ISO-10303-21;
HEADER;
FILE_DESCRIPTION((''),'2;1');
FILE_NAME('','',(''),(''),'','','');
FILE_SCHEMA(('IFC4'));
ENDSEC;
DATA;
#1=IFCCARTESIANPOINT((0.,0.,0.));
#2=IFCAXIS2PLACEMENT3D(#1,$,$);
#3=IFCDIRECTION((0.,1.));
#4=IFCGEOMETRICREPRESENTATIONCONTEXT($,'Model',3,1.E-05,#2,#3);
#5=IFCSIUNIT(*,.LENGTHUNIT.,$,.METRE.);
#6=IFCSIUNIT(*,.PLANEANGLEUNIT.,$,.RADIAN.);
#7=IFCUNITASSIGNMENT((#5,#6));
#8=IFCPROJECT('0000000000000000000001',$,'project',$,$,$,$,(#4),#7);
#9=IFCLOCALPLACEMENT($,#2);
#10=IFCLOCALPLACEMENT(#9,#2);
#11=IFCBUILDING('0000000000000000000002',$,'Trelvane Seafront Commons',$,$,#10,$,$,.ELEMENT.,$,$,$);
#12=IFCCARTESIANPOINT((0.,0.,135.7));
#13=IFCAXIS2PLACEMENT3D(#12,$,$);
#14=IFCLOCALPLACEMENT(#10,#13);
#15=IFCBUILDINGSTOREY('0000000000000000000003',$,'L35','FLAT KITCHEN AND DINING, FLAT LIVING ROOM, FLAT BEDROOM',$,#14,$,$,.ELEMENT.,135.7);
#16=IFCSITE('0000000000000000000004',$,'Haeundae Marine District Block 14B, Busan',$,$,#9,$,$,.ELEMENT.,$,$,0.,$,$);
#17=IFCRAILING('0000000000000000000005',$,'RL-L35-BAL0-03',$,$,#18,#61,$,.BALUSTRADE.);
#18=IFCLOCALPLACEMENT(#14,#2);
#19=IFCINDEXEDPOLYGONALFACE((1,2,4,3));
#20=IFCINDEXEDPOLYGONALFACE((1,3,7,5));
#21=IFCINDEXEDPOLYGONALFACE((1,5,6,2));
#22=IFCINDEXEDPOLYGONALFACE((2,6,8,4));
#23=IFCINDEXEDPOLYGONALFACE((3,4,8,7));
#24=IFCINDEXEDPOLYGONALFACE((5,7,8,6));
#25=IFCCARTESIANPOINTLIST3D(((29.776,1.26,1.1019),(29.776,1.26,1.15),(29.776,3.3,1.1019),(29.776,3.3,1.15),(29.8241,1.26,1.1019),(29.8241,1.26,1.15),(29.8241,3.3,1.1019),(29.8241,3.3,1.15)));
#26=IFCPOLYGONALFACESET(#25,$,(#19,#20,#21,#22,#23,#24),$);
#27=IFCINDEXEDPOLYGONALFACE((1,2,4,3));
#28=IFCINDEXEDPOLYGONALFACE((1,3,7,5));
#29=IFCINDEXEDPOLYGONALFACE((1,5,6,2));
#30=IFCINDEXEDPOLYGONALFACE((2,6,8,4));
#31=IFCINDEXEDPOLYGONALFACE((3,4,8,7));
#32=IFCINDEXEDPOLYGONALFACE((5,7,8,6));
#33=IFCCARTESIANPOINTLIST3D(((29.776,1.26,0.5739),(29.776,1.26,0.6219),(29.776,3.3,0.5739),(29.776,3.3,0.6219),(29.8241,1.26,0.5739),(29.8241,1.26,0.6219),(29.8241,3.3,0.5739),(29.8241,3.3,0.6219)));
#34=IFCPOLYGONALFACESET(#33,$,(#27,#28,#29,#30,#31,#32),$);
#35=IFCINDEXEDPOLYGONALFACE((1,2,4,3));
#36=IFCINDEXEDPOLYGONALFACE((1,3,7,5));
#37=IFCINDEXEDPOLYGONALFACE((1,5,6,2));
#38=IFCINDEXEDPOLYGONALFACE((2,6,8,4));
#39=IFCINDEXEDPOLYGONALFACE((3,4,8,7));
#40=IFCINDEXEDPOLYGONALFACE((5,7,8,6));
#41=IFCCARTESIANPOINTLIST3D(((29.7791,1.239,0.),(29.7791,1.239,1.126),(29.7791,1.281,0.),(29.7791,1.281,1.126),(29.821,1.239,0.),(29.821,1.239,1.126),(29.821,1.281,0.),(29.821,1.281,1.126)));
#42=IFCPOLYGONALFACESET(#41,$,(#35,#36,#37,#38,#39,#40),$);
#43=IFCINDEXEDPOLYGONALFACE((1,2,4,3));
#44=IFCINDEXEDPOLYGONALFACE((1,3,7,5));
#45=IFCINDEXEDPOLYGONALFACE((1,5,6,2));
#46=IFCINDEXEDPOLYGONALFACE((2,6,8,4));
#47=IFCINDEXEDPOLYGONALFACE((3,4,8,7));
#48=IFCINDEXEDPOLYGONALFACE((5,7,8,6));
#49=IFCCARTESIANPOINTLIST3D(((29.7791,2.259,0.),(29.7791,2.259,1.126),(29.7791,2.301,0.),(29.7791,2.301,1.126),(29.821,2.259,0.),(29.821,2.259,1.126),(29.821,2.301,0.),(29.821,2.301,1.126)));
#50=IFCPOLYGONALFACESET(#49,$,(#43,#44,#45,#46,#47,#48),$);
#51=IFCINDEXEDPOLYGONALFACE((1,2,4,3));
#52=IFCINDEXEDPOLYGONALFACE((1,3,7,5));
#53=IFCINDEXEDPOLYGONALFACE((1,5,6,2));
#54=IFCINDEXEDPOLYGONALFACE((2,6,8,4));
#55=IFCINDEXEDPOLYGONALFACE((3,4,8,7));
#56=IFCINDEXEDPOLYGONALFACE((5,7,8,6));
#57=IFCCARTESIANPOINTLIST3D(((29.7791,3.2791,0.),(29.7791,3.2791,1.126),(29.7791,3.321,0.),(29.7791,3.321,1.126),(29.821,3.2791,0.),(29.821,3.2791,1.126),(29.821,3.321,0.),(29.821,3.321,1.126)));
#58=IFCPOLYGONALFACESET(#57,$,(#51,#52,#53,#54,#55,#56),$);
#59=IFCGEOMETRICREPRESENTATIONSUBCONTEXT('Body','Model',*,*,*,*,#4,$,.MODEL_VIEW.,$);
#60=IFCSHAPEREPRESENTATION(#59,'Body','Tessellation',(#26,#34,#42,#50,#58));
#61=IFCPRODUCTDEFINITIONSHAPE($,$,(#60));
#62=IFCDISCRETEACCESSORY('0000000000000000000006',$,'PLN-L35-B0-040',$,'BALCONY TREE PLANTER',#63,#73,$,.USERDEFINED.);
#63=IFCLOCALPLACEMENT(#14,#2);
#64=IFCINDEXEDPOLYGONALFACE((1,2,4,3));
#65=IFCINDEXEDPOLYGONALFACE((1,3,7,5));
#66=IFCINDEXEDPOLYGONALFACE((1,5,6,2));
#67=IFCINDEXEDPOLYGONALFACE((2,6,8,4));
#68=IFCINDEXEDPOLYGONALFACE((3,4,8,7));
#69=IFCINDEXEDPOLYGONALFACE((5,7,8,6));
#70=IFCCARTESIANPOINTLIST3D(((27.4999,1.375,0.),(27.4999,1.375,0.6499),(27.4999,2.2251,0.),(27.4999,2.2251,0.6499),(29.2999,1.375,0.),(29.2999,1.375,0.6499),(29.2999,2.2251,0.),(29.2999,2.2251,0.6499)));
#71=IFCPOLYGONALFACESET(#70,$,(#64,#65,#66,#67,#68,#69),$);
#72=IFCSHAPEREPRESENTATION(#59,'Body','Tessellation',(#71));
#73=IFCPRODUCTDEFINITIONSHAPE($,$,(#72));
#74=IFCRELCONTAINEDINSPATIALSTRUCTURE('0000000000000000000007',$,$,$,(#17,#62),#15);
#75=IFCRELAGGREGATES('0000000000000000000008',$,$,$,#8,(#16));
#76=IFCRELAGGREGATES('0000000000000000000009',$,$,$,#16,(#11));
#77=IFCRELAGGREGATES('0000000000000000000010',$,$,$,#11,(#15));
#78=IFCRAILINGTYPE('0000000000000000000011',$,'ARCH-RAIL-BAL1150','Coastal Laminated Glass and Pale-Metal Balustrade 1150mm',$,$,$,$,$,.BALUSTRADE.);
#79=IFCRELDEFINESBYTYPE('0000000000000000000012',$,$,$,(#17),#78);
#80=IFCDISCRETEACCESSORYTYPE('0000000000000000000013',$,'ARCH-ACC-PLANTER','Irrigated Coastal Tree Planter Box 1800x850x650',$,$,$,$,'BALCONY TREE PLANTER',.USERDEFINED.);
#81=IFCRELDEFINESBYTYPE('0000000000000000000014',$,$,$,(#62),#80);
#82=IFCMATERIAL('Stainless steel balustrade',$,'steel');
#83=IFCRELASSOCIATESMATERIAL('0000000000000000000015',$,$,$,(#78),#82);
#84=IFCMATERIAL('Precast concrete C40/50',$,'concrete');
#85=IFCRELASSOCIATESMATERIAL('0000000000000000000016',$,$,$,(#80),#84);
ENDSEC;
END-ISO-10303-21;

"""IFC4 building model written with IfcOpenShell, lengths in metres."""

from ifc_helpers import new_model, si_unit, direction, frame, origin, origin_2d, place, context, subcontext, project, spatial, rectangle, extrude, source, transform, mapped, material, type_object, element, save


model = new_model("IFC4")

# Units and contexts
model_context = context("Model", 3, precision=1e-05, world=origin(), true_north=direction((0.0, 1.0)))
body_context = subcontext(model_context, "Body", "Model", "MODEL_VIEW")
ifc_project = project(units=[si_unit("LENGTHUNIT", "METRE"), si_unit("PLANEANGLEUNIT", "RADIAN")], contexts=[model_context])

# Site, building, storey
site_placement = place(None, origin())
site = spatial("IfcSite", under=ifc_project, at=site_placement, Name="Haeundae Marine District Block 14B, Busan", CompositionType="ELEMENT", RefElevation=0.0)
building_placement = place(site_placement, origin())
building = spatial("IfcBuilding", under=site, at=building_placement, Name="Trelvane Seafront Commons", CompositionType="ELEMENT")
storey_placement = place(building_placement, frame((0.0, 0.0, 135.7)))
storey = spatial("IfcBuildingStorey", under=building, at=storey_placement, Name="L35", Description="FLAT KITCHEN AND DINING, FLAT LIVING ROOM, FLAT BEDROOM", CompositionType="ELEMENT", Elevation=135.7)

# Railing
ifc_material_1 = material(Name="Stainless steel balustrade", Category="steel")
railing_type = type_object("IfcRailingType", Name="ARCH-RAIL-BAL1150", Description="Coastal Laminated Glass and Pale-Metal Balustrade 1150mm", PredefinedType="BALUSTRADE", material=ifc_material_1)
railing_1_placement = place(storey_placement, frame((29.8, 1.26, 0.0)))
element("IfcRailing", 1, at=railing_1_placement, inside=storey, type_object=railing_type, Name="RL-L35-BAL0-03", PredefinedType="BALUSTRADE", context=body_context, shape_type="SweptSolid", body=[
    extrude(rectangle(XDim=0.0481, YDim=0.0481, at=origin_2d()), frame((0.0, 0.0, 1.126), z_axis=(0.0, 1.0, 0.0), x_axis=(-1.0, 0.0, 0.0)), (0.0, 0.0, 1.0), 2.04),
    extrude(rectangle(XDim=0.0481, YDim=0.0481, at=origin_2d()), frame((0.0, 0.0, 0.5979), z_axis=(0.0, 1.0, 0.0), x_axis=(-1.0, 0.0, 0.0)), (0.0, 0.0, 1.0), 2.04),
    extrude(rectangle(XDim=0.042, YDim=0.042, at=origin_2d()), origin(), (0.0, 0.0, 1.0), 1.126),
    extrude(rectangle(XDim=0.042, YDim=0.042, at=origin_2d()), frame((0.0, 1.02, 0.0)), (0.0, 0.0, 1.0), 1.126),
    extrude(rectangle(XDim=0.042, YDim=0.042, at=origin_2d()), frame((0.0, 2.04, 0.0)), (0.0, 0.0, 1.0), 1.126),
])

# Discrete accessory
ifc_material_2 = material(Name="Precast concrete C40/50", Category="concrete")
discrete_accessory_type = type_object("IfcDiscreteAccessoryType", Name="ARCH-ACC-PLANTER", Description="Irrigated Coastal Tree Planter Box 1800x850x650", ElementType="BALCONY TREE PLANTER", PredefinedType="USERDEFINED", material=ifc_material_2)
shared_shape_1 = source(origin(), body_context, "Body", "SweptSolid", [
    extrude(rectangle(XDim=1.8, YDim=0.8501, at=origin_2d()), origin(), (0.0, 0.0, 1.0), 0.6499),
])
discrete_accessory_placement = place(storey_placement, frame((28.3999, 1.8, 0.0), z_axis=(0.0, 0.0, 1.0), x_axis=(1.0, 0.0, 0.0)))
element("IfcDiscreteAccessory", 2, at=discrete_accessory_placement, inside=storey, type_object=discrete_accessory_type, Name="PLN-L35-B0-040", ObjectType="BALCONY TREE PLANTER", PredefinedType="USERDEFINED", context=body_context, shape_type="MappedRepresentation", body=[
    mapped(shared_shape_1, transform((0.0, 0.0, 0.0), x_axis=(1.0, 0.0, 0.0), y_axis=(0.0, 1.0, 0.0), z_axis=(0.0, 0.0, 1.0), scale=1.0)),
])

save(model, "model.ifc")
